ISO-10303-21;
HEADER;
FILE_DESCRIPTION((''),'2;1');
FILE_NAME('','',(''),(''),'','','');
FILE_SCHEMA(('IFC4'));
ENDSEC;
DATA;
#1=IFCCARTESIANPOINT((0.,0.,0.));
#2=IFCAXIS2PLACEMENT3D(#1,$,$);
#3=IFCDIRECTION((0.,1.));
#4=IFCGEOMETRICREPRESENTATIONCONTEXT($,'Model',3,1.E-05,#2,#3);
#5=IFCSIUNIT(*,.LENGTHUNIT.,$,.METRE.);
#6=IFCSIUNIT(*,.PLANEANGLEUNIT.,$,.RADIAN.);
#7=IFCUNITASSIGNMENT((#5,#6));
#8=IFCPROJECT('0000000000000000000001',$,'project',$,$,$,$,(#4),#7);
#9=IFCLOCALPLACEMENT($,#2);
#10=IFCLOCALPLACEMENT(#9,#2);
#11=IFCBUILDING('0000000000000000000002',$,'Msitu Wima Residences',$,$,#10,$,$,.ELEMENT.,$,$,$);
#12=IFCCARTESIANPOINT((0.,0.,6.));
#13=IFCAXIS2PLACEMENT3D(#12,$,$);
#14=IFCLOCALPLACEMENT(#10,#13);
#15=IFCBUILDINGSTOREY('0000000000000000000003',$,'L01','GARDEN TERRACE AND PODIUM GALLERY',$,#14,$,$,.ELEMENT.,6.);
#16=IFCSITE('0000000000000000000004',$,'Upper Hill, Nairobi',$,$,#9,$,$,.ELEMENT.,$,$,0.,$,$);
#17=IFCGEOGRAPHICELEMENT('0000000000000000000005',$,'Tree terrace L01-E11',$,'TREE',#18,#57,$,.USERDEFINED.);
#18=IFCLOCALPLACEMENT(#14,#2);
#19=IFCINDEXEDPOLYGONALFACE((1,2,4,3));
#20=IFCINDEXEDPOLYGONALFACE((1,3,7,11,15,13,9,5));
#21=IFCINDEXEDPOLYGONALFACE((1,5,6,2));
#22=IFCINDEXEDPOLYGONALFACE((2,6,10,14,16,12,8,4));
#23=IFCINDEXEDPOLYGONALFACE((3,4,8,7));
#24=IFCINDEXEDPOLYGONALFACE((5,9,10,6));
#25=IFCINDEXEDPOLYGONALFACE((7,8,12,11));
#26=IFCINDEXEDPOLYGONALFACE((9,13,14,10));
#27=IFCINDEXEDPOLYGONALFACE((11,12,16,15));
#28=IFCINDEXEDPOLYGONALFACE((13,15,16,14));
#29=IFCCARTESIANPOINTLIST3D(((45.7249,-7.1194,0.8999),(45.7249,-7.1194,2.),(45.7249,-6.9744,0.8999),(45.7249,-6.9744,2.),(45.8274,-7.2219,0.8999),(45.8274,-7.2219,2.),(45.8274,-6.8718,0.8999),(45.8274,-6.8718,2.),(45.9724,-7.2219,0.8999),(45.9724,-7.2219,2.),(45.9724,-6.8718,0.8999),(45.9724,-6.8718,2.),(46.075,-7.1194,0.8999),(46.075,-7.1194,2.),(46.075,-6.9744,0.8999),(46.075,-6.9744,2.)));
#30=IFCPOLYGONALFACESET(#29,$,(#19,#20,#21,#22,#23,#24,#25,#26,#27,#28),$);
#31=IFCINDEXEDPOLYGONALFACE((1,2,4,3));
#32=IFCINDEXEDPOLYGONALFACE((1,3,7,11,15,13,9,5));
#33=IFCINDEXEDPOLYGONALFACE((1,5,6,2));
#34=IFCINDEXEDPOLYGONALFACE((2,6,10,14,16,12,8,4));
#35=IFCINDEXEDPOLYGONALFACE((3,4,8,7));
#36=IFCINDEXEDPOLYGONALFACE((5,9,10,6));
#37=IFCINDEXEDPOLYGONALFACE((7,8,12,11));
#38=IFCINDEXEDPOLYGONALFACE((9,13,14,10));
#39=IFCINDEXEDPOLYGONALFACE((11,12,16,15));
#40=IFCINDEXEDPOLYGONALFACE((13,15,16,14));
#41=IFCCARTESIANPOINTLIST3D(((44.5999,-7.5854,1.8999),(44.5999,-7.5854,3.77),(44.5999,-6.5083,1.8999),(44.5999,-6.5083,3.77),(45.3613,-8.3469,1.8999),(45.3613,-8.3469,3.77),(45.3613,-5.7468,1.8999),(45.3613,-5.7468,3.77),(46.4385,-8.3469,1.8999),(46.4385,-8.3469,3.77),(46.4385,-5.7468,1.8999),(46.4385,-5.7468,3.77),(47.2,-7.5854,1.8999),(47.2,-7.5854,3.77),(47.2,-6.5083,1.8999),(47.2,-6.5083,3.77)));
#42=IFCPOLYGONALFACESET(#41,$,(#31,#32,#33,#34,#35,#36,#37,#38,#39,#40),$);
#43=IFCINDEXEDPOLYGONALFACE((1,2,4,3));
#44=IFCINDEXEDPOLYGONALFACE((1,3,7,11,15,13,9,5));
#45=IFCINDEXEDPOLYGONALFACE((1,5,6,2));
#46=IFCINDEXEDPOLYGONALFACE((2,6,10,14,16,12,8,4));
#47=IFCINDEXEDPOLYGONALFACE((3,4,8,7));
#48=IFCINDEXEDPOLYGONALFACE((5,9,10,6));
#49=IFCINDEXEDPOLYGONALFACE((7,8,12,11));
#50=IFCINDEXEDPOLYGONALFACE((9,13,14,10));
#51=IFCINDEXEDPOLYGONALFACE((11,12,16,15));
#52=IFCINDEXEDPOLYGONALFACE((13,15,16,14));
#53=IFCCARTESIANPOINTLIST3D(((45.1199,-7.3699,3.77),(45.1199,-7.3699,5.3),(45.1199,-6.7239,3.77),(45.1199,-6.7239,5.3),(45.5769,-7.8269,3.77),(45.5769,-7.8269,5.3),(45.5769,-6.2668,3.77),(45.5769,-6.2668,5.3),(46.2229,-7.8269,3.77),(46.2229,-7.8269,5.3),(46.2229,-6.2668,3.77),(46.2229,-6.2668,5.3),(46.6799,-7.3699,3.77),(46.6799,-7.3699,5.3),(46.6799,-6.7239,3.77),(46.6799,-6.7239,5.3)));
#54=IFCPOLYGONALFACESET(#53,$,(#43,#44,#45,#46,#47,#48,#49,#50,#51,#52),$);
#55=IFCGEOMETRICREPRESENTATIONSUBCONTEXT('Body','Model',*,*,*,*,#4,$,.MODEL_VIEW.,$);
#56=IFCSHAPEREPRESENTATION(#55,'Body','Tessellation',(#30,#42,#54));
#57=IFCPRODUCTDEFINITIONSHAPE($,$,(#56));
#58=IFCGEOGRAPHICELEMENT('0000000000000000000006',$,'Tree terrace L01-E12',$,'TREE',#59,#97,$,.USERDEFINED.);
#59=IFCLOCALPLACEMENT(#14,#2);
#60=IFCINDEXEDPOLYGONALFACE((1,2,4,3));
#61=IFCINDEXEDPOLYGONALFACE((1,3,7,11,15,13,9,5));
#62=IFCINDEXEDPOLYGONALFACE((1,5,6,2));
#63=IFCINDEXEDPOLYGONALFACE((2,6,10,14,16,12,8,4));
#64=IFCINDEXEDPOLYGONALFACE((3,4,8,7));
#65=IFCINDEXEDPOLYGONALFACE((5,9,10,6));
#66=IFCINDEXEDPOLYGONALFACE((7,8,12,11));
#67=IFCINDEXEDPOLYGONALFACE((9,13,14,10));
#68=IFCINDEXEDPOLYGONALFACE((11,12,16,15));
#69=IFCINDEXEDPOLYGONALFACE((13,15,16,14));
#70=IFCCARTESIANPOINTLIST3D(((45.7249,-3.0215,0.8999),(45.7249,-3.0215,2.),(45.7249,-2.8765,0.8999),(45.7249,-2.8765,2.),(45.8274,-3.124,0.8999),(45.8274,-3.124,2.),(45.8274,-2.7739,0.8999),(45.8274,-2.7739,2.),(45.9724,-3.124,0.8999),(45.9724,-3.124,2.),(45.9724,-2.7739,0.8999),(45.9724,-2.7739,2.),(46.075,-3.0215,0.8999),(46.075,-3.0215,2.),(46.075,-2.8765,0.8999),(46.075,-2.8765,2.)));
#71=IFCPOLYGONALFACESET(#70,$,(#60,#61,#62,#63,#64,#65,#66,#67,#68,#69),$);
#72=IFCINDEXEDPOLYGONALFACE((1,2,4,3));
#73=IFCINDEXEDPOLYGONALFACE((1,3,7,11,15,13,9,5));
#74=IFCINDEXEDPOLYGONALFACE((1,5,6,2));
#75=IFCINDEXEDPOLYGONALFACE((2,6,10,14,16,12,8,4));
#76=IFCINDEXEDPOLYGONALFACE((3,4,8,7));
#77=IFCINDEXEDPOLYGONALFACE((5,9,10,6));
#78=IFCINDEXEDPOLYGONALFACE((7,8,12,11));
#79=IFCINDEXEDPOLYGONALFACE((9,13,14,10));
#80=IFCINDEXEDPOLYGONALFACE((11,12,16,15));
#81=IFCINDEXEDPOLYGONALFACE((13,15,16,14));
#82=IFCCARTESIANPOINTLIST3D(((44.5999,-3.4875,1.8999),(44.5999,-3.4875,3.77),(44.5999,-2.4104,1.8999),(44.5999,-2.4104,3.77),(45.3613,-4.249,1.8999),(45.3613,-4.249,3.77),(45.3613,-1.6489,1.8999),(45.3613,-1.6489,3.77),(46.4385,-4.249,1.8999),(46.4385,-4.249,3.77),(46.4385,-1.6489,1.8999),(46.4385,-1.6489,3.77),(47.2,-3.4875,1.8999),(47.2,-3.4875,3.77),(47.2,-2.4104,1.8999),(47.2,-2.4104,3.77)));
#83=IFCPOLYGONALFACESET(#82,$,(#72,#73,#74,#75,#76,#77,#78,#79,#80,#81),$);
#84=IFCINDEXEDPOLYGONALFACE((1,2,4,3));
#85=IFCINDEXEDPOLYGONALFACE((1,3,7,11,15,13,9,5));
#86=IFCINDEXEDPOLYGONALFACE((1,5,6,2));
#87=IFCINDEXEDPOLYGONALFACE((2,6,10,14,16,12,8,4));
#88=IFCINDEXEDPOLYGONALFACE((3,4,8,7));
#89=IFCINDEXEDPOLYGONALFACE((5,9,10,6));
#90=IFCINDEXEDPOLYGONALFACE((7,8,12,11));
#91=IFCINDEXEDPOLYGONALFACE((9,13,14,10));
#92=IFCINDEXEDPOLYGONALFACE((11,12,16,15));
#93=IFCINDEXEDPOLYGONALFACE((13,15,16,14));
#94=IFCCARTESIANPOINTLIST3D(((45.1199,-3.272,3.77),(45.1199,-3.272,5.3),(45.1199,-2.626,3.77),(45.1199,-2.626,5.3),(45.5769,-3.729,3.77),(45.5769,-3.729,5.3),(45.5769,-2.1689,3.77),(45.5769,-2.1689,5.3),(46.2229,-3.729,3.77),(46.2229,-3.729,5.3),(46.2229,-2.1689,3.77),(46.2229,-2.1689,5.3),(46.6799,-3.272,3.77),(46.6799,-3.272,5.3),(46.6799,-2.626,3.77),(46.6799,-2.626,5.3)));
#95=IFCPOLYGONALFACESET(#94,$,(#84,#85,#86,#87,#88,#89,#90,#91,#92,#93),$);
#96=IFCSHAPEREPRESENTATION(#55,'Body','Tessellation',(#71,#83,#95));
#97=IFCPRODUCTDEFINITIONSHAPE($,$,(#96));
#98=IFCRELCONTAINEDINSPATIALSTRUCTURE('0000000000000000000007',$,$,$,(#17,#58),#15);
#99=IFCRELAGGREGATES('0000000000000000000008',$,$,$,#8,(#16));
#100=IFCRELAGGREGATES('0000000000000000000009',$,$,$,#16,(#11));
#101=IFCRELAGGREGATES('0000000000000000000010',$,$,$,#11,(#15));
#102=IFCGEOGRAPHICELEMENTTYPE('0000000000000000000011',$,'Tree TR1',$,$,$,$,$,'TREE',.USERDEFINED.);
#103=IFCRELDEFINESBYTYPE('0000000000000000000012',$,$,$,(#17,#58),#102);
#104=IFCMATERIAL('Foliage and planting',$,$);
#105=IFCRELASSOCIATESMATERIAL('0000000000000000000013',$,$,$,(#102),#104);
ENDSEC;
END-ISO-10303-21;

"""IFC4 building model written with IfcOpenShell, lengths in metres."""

from ifc_helpers import new_model, si_unit, direction, frame, origin, place, context, subcontext, project, spatial, polyline, outline, extrude, material, type_object, element, save


model = new_model("IFC4")

# Units and contexts
model_context = context("Model", 3, precision=1e-05, world=origin(), true_north=direction((0.0, 1.0)))
body_context = subcontext(model_context, "Body", "Model", "MODEL_VIEW")
ifc_project = project(units=[si_unit("LENGTHUNIT", "METRE"), si_unit("PLANEANGLEUNIT", "RADIAN")], contexts=[model_context])

# Site, building, storey
site_placement = place(None, origin())
site = spatial("IfcSite", under=ifc_project, at=site_placement, Name="Upper Hill, Nairobi", CompositionType="ELEMENT", RefElevation=0.0)
building_placement = place(site_placement, origin())
building = spatial("IfcBuilding", under=site, at=building_placement, Name="Msitu Wima Residences", CompositionType="ELEMENT")
storey_placement = place(building_placement, frame((0.0, 0.0, 6.0)))
storey = spatial("IfcBuildingStorey", under=building, at=storey_placement, Name="L01", Description="GARDEN TERRACE AND PODIUM GALLERY", CompositionType="ELEMENT", Elevation=6.0)

# Geographic elements
ifc_material_1 = material(Name="Foliage and planting")
geographic_element_type = type_object("IfcGeographicElementType", Name="Tree TR1", ElementType="TREE", PredefinedType="USERDEFINED", material=ifc_material_1)
for number, where, z_axis, x_axis, name in (
    (1, (45.8999, -7.0469, 0.8999), (0.0, 0.0, 1.0), (1.0, 0.0, 0.0), "Tree terrace L01-E11"),
    (2, (45.8999, -2.949, 0.8999), (0.0, 0.0, 1.0), (1.0, 0.0, 0.0), "Tree terrace L01-E12"),
):
    element("IfcGeographicElement", number, at=place(storey_placement, frame(where, z_axis=z_axis, x_axis=x_axis)), inside=storey, type_object=geographic_element_type, Name=name, ObjectType="TREE", PredefinedType="USERDEFINED", context=body_context, shape_type="SweptSolid", body=[
        extrude(outline(polyline([(0.175, 0.0725), (0.0725, 0.175), (-0.0725, 0.175), (-0.175, 0.0725), (-0.175, -0.0725), (-0.0725, -0.175), (0.0725, -0.175), (0.175, -0.0725), (0.175, 0.0725)])), origin(), (0.0, 0.0, 1.0), 1.1001),
        extrude(outline(polyline([(1.3, 0.5386), (0.5386, 1.3), (-0.5386, 1.3), (-1.3, 0.5386), (-1.3, -0.5386), (-0.5386, -1.3), (0.5386, -1.3), (1.3, -0.5386), (1.3, 0.5386)])), frame((0.0, 0.0, 1.0)), (0.0, 0.0, 1.0), 1.8701),
        extrude(outline(polyline([(0.78, 0.323), (0.323, 0.78), (-0.323, 0.78), (-0.78, 0.323), (-0.78, -0.323), (-0.323, -0.78), (0.323, -0.78), (0.78, -0.323), (0.78, 0.323)])), frame((0.0, 0.0, 2.8701)), (0.0, 0.0, 1.0), 1.53),
    ])

save(model, "model.ifc")
